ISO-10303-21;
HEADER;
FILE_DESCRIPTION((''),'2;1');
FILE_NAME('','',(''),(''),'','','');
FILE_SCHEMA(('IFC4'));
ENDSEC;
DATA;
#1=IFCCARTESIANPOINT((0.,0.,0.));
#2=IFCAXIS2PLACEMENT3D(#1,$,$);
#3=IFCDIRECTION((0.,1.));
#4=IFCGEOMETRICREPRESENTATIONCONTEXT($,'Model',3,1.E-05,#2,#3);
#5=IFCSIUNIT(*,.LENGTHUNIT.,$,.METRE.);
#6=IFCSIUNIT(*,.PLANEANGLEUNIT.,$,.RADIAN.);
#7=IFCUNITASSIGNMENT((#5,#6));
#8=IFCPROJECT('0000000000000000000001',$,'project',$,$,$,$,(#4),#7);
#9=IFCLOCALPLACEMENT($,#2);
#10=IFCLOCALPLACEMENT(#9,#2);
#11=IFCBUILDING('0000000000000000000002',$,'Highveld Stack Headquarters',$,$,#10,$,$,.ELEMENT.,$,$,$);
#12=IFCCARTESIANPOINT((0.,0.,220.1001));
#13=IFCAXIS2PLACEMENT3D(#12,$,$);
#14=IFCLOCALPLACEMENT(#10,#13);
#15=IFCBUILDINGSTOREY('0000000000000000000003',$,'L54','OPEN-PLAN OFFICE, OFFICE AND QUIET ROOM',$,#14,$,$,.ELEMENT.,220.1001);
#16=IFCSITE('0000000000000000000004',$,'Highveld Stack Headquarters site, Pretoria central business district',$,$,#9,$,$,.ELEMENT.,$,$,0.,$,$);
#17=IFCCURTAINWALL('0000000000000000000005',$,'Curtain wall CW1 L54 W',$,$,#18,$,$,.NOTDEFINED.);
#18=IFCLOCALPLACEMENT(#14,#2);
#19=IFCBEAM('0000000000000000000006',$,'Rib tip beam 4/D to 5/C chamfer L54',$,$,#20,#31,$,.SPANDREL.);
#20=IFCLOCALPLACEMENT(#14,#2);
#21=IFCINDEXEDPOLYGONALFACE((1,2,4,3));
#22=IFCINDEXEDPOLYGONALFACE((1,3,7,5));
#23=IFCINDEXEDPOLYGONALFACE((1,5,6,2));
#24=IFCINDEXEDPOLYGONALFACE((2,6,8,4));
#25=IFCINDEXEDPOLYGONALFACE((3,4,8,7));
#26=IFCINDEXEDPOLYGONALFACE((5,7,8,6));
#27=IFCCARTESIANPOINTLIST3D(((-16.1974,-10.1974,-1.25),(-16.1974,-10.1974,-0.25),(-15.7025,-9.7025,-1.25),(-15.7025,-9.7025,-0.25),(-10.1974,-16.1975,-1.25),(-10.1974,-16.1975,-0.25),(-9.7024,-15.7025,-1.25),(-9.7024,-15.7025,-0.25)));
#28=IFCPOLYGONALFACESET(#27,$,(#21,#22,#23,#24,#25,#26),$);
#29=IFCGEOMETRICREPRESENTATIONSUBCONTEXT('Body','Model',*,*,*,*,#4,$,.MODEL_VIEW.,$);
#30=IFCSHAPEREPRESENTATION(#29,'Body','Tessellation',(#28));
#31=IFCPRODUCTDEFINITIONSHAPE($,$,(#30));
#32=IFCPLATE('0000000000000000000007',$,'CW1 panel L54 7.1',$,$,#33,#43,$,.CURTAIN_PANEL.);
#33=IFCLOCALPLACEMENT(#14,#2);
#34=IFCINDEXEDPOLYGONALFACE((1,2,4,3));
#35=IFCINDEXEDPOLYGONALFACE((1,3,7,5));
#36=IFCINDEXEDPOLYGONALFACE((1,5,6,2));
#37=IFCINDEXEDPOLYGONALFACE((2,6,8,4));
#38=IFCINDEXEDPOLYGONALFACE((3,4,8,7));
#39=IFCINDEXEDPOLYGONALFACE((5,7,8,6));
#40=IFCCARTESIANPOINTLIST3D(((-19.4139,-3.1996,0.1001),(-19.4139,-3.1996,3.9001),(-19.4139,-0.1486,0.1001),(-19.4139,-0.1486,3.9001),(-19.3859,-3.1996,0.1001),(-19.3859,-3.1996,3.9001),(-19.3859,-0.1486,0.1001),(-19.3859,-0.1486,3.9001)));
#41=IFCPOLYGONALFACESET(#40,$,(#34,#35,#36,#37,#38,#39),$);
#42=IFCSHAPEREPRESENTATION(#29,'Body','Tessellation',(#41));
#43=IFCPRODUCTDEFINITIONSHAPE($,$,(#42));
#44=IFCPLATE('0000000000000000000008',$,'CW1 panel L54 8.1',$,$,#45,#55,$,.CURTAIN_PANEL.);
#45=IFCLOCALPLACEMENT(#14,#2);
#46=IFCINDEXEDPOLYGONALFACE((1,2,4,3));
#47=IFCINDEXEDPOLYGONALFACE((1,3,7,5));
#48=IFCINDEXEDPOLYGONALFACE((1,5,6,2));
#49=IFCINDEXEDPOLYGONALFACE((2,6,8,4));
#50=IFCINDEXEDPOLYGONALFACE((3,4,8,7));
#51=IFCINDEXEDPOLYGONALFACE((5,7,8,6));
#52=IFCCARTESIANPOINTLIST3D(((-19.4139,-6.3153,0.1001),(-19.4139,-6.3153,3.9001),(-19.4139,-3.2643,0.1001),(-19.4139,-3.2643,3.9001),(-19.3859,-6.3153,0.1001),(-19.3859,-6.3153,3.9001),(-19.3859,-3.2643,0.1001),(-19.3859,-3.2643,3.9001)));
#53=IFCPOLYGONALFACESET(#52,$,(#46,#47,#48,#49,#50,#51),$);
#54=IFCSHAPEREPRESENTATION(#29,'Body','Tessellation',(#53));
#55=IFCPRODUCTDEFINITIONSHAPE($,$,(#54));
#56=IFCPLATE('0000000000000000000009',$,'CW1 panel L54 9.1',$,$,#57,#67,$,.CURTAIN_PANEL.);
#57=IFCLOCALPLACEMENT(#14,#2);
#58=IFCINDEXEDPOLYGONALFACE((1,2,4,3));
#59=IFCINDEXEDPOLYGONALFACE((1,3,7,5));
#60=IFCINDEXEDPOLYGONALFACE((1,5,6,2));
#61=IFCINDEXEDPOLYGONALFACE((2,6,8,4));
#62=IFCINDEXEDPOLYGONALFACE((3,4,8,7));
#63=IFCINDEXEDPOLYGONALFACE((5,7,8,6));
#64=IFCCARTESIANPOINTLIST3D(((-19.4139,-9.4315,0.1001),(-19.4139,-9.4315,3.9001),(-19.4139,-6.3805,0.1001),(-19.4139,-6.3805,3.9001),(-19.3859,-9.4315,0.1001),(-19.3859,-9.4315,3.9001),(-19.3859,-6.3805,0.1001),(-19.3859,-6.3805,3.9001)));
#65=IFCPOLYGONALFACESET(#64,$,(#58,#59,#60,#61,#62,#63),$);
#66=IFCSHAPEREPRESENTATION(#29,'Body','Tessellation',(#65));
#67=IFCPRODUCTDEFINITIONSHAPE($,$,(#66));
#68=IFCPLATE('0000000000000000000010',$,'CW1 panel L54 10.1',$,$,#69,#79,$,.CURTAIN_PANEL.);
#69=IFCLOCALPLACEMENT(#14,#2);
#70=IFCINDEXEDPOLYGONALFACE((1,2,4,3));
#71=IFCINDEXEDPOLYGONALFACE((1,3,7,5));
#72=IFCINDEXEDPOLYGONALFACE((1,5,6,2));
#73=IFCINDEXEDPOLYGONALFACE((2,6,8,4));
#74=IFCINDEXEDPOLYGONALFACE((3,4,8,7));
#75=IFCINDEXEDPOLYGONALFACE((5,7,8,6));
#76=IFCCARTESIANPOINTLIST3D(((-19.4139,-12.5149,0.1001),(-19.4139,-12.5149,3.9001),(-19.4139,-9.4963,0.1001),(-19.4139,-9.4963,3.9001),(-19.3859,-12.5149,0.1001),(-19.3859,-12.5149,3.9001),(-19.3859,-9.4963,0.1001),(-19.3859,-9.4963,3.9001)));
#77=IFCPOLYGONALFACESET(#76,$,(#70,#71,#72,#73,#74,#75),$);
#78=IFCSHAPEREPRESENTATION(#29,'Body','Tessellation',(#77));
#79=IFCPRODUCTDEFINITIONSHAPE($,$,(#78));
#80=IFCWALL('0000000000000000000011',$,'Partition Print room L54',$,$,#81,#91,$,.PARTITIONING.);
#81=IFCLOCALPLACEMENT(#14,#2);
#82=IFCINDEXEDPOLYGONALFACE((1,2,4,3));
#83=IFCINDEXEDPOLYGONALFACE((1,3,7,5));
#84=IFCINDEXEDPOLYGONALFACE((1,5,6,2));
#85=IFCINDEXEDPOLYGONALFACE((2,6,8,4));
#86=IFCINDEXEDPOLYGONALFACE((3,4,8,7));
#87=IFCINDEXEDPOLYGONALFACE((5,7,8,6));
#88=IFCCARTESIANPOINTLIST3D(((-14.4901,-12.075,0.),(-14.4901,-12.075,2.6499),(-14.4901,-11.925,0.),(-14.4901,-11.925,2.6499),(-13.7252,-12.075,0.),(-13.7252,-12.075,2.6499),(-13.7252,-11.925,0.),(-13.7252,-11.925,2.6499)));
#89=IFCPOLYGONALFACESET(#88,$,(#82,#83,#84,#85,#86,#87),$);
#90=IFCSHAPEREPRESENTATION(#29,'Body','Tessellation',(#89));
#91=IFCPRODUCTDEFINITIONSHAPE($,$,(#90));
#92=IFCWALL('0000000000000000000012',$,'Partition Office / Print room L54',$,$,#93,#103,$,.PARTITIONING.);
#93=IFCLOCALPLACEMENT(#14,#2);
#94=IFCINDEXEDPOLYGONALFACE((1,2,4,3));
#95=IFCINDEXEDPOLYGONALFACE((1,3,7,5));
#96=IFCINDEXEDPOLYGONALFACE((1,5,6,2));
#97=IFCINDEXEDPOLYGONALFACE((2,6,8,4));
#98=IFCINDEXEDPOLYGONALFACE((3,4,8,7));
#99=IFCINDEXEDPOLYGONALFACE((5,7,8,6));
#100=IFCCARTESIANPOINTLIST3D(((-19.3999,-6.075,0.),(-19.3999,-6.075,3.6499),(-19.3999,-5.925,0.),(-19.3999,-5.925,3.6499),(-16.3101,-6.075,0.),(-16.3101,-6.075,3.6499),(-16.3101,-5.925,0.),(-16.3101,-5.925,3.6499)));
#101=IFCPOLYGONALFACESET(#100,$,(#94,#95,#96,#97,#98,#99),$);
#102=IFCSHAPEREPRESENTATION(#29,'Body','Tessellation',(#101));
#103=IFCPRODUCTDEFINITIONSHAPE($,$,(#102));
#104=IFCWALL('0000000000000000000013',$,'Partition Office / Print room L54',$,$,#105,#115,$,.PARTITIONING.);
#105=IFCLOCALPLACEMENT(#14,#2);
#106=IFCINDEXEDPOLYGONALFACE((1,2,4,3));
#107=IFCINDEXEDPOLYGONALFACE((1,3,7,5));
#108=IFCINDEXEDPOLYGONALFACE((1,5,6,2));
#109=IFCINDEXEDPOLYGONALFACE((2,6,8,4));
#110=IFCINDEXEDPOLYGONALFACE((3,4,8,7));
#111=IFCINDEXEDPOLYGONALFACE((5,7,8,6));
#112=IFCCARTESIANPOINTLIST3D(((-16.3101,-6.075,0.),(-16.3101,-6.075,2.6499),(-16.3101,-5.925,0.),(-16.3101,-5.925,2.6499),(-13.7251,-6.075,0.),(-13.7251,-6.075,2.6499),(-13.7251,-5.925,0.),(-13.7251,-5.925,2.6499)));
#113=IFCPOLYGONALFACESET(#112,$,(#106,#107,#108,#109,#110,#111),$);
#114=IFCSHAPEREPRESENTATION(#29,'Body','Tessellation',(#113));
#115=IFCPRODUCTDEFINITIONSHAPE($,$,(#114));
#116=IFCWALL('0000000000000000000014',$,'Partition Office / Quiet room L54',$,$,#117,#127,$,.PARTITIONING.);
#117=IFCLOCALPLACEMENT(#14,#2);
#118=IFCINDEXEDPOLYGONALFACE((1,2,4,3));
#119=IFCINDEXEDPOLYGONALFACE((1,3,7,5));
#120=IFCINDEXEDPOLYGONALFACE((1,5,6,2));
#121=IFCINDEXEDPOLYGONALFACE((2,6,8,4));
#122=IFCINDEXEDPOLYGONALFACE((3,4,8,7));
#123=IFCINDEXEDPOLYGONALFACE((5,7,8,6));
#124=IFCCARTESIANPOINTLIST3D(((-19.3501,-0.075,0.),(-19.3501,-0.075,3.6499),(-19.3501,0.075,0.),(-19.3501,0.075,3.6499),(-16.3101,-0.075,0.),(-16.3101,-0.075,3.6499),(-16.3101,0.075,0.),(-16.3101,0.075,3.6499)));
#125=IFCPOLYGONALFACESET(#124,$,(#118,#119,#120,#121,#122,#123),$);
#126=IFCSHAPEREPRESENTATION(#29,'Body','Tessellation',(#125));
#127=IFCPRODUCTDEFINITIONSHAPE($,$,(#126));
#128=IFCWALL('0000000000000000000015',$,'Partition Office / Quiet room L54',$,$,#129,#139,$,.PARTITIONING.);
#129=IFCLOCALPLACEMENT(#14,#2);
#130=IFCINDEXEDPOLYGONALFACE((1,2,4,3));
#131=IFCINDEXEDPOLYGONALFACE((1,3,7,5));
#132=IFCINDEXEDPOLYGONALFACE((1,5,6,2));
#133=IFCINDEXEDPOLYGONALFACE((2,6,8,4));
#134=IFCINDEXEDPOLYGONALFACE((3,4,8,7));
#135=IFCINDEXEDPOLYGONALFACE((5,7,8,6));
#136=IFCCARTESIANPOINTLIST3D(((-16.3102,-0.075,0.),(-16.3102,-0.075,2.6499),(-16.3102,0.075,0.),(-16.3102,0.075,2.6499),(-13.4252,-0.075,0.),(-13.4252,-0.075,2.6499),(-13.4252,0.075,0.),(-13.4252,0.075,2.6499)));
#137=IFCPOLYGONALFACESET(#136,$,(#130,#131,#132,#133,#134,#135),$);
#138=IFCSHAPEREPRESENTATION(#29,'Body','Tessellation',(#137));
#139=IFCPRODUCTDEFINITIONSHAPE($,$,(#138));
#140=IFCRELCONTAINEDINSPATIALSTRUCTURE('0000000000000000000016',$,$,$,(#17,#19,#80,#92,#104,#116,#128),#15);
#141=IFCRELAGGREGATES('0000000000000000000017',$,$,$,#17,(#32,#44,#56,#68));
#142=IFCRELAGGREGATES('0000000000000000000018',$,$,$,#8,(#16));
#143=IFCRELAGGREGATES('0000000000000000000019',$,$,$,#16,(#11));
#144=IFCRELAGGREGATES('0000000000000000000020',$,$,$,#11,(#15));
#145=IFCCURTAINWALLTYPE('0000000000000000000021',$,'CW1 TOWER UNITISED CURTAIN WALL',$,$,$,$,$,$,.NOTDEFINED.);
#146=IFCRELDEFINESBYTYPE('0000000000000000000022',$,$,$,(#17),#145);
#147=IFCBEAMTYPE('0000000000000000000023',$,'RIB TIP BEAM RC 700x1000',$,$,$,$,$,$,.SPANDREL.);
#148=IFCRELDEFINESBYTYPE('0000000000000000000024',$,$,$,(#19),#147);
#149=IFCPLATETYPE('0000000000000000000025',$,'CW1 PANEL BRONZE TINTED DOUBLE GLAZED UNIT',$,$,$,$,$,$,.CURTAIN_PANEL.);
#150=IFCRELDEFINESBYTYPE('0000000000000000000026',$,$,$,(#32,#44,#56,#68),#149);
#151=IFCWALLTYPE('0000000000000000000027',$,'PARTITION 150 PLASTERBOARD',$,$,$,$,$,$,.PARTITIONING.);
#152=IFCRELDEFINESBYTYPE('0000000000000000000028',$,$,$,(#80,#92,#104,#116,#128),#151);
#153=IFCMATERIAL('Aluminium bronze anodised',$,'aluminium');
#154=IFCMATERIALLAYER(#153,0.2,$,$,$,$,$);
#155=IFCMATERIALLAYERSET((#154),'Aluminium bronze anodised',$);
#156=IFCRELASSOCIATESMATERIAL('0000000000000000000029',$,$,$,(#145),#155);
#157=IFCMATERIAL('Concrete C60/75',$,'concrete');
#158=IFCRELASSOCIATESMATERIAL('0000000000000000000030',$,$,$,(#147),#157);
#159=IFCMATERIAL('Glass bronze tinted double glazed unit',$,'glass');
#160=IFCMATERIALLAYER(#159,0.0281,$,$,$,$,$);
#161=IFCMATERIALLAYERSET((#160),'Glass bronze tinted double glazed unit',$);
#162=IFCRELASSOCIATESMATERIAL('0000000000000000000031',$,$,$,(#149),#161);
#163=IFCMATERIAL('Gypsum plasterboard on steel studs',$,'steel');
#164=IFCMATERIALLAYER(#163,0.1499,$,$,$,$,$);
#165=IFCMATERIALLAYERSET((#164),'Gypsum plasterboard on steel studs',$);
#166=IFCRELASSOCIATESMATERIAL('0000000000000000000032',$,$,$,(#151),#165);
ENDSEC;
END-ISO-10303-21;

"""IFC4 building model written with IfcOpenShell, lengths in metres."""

from ifc_helpers import new_model, si_unit, direction, frame, frame_2d, origin, origin_2d, place, context, subcontext, project, spatial, rectangle, extrude, material, layer, layer_set, material_profile, profile_set, type_object, element, aggregate, save


model = new_model("IFC4")

# Units and contexts
model_context = context("Model", 3, precision=1e-05, world=origin(), true_north=direction((0.0, 1.0)))
body_context = subcontext(model_context, "Body", "Model", "MODEL_VIEW")
ifc_project = project(units=[si_unit("LENGTHUNIT", "METRE"), si_unit("PLANEANGLEUNIT", "RADIAN")], contexts=[model_context])

# Site, building, storey
site_placement = place(None, origin())
site = spatial("IfcSite", under=ifc_project, at=site_placement, Name="Highveld Stack Headquarters site, Pretoria central business district", CompositionType="ELEMENT", RefElevation=0.0)
building_placement = place(site_placement, origin())
building = spatial("IfcBuilding", under=site, at=building_placement, Name="Highveld Stack Headquarters", CompositionType="ELEMENT")
storey_placement = place(building_placement, frame((0.0, 0.0, 220.1001)))
storey = spatial("IfcBuildingStorey", under=building, at=storey_placement, Name="L54", Description="OPEN-PLAN OFFICE, OFFICE AND QUIET ROOM", CompositionType="ELEMENT", Elevation=220.1001)

# Curtain wall
ifc_material_1 = material(Name="Aluminium bronze anodised", Category="aluminium")
ifc_layer_1 = layer(ifc_material_1, 0.2)
ifc_layer_set_1 = layer_set([ifc_layer_1], Name="Aluminium bronze anodised")
curtain_wall_type = type_object("IfcCurtainWallType", Name="CW1 TOWER UNITISED CURTAIN WALL", PredefinedType="NOTDEFINED", material=ifc_layer_set_1)
curtain_wall_placement = place(storey_placement, origin())
curtain_wall = element("IfcCurtainWall", 1, at=curtain_wall_placement, inside=storey, type_object=curtain_wall_type, Name="Curtain wall CW1 L54 W", PredefinedType="NOTDEFINED")

# Beam
ifc_material_2 = material(Name="Concrete C60/75", Category="concrete")
ifc_material_profile_1 = material_profile(ifc_material_2, rectangle(XDim=0.7, YDim=1.0, at=origin_2d()), Name="RC 700x1000")
ifc_profile_set_1 = profile_set([ifc_material_profile_1], Name="Concrete C60/75")
beam_type = type_object("IfcBeamType", Name="RIB TIP BEAM RC 700x1000", PredefinedType="SPANDREL", material=ifc_profile_set_1)
beam_1_placement = place(storey_placement, frame((-15.95, -9.95, -0.75), z_axis=(0.707107, -0.707107, 0.0), x_axis=(0.707107, 0.707107, 0.0)))
element("IfcBeam", 2, at=beam_1_placement, inside=storey, type_object=beam_type, Name="Rib tip beam 4/D to 5/C chamfer L54", PredefinedType="SPANDREL", context=body_context, shape_type="SweptSolid", body=[
    extrude(rectangle(XDim=0.7, YDim=1.0, at=origin_2d()), origin(), (0.0, 0.0, 1.0), 8.4854),
])

# Plates
ifc_material_3 = material(Name="Glass bronze tinted double glazed unit", Category="glass")
ifc_layer_2 = layer(ifc_material_3, 0.0281)
ifc_layer_set_2 = layer_set([ifc_layer_2], Name="Glass bronze tinted double glazed unit")
plate_type = type_object("IfcPlateType", Name="CW1 PANEL BRONZE TINTED DOUBLE GLAZED UNIT", PredefinedType="CURTAIN_PANEL", material=ifc_layer_set_2)
plate_1_placement = place(storey_placement, frame((-19.3999, -1.6741, 0.1001), z_axis=(0.0, 0.0, 1.0), x_axis=(0.0, -1.0, 0.0)))
plate_1 = element("IfcPlate", 3, at=plate_1_placement, type_object=plate_type, Name="CW1 panel L54 7.1", PredefinedType="CURTAIN_PANEL", context=body_context, shape_type="SweptSolid", body=[
    extrude(rectangle(XDim=3.051, YDim=0.0281, at=origin_2d()), origin(), (0.0, 0.0, 1.0), 3.8),
])
plate_2_placement = place(storey_placement, frame((-19.3999, -4.7898, 0.1001), z_axis=(0.0, 0.0, 1.0), x_axis=(0.0, -1.0, 0.0)))
plate_2 = element("IfcPlate", 4, at=plate_2_placement, type_object=plate_type, Name="CW1 panel L54 8.1", PredefinedType="CURTAIN_PANEL", context=body_context, shape_type="SweptSolid", body=[
    extrude(rectangle(XDim=3.051, YDim=0.0281, at=origin_2d()), origin(), (0.0, 0.0, 1.0), 3.8),
])
plate_3_placement = place(storey_placement, frame((-19.3999, -7.906, 0.1001), z_axis=(0.0, 0.0, 1.0), x_axis=(0.0, -1.0, 0.0)))
plate_3 = element("IfcPlate", 5, at=plate_3_placement, type_object=plate_type, Name="CW1 panel L54 9.1", PredefinedType="CURTAIN_PANEL", context=body_context, shape_type="SweptSolid", body=[
    extrude(rectangle(XDim=3.051, YDim=0.0281, at=origin_2d()), origin(), (0.0, 0.0, 1.0), 3.8),
])
plate_4_placement = place(storey_placement, frame((-19.3999, -11.0056, 0.1001), z_axis=(0.0, 0.0, 1.0), x_axis=(0.0, -1.0, 0.0)))
plate_4 = element("IfcPlate", 6, at=plate_4_placement, type_object=plate_type, Name="CW1 panel L54 10.1", PredefinedType="CURTAIN_PANEL", context=body_context, shape_type="SweptSolid", body=[
    extrude(rectangle(XDim=3.0186, YDim=0.0281, at=origin_2d()), origin(), (0.0, 0.0, 1.0), 3.8),
])
aggregate(curtain_wall, [plate_1, plate_2, plate_3, plate_4])

# Walls
ifc_material_4 = material(Name="Gypsum plasterboard on steel studs", Category="steel")
ifc_layer_3 = layer(ifc_material_4, 0.1499)
ifc_layer_set_3 = layer_set([ifc_layer_3], Name="Gypsum plasterboard on steel studs")
wall_type = type_object("IfcWallType", Name="PARTITION 150 PLASTERBOARD", PredefinedType="PARTITIONING", material=ifc_layer_set_3)
wall_1_placement = place(storey_placement, frame((-14.49, -12.0, 0.0), z_axis=(0.0, 0.0, 1.0), x_axis=(1.0, 0.0, 0.0)))
element("IfcWall", 7, at=wall_1_placement, inside=storey, type_object=wall_type, Name="Partition Print room L54", PredefinedType="PARTITIONING", context=body_context, shape_type="SweptSolid", body=[
    extrude(rectangle(XDim=0.7649, YDim=0.1499, at=frame_2d((0.3823, 0.0))), origin(), (0.0, 0.0, 1.0), 2.6499),
])
wall_2_placement = place(storey_placement, frame((-19.3999, -6.0, 0.0), z_axis=(0.0, 0.0, 1.0), x_axis=(1.0, 0.0, 0.0)))
element("IfcWall", 8, at=wall_2_placement, inside=storey, type_object=wall_type, Name="Partition Office / Print room L54", PredefinedType="PARTITIONING", context=body_context, shape_type="SweptSolid", body=[
    extrude(rectangle(XDim=3.0898, YDim=0.1499, at=frame_2d((1.5449, 0.0))), origin(), (0.0, 0.0, 1.0), 3.6499),
])
wall_3_placement = place(storey_placement, frame((-16.3101, -6.0, 0.0), z_axis=(0.0, 0.0, 1.0), x_axis=(1.0, 0.0, 0.0)))
element("IfcWall", 9, at=wall_3_placement, inside=storey, type_object=wall_type, Name="Partition Office / Print room L54", PredefinedType="PARTITIONING", context=body_context, shape_type="SweptSolid", body=[
    extrude(rectangle(XDim=2.585, YDim=0.1499, at=frame_2d((1.2925, 0.0))), origin(), (0.0, 0.0, 1.0), 2.6499),
])
wall_4_placement = place(storey_placement, frame((-19.3501, 0.0, 0.0), z_axis=(0.0, 0.0, 1.0), x_axis=(1.0, 0.0, 0.0)))
element("IfcWall", 10, at=wall_4_placement, inside=storey, type_object=wall_type, Name="Partition Office / Quiet room L54", PredefinedType="PARTITIONING", context=body_context, shape_type="SweptSolid", body=[
    extrude(rectangle(XDim=3.04, YDim=0.1499, at=frame_2d((1.52, 0.0))), origin(), (0.0, 0.0, 1.0), 3.6499),
])
wall_5_placement = place(storey_placement, frame((-16.3101, 0.0, 0.0), z_axis=(0.0, 0.0, 1.0), x_axis=(1.0, 0.0, 0.0)))
element("IfcWall", 11, at=wall_5_placement, inside=storey, type_object=wall_type, Name="Partition Office / Quiet room L54", PredefinedType="PARTITIONING", context=body_context, shape_type="SweptSolid", body=[
    extrude(rectangle(XDim=2.885, YDim=0.1499, at=frame_2d((1.4424, 0.0))), origin(), (0.0, 0.0, 1.0), 2.6499),
])

save(model, "model.ifc")
